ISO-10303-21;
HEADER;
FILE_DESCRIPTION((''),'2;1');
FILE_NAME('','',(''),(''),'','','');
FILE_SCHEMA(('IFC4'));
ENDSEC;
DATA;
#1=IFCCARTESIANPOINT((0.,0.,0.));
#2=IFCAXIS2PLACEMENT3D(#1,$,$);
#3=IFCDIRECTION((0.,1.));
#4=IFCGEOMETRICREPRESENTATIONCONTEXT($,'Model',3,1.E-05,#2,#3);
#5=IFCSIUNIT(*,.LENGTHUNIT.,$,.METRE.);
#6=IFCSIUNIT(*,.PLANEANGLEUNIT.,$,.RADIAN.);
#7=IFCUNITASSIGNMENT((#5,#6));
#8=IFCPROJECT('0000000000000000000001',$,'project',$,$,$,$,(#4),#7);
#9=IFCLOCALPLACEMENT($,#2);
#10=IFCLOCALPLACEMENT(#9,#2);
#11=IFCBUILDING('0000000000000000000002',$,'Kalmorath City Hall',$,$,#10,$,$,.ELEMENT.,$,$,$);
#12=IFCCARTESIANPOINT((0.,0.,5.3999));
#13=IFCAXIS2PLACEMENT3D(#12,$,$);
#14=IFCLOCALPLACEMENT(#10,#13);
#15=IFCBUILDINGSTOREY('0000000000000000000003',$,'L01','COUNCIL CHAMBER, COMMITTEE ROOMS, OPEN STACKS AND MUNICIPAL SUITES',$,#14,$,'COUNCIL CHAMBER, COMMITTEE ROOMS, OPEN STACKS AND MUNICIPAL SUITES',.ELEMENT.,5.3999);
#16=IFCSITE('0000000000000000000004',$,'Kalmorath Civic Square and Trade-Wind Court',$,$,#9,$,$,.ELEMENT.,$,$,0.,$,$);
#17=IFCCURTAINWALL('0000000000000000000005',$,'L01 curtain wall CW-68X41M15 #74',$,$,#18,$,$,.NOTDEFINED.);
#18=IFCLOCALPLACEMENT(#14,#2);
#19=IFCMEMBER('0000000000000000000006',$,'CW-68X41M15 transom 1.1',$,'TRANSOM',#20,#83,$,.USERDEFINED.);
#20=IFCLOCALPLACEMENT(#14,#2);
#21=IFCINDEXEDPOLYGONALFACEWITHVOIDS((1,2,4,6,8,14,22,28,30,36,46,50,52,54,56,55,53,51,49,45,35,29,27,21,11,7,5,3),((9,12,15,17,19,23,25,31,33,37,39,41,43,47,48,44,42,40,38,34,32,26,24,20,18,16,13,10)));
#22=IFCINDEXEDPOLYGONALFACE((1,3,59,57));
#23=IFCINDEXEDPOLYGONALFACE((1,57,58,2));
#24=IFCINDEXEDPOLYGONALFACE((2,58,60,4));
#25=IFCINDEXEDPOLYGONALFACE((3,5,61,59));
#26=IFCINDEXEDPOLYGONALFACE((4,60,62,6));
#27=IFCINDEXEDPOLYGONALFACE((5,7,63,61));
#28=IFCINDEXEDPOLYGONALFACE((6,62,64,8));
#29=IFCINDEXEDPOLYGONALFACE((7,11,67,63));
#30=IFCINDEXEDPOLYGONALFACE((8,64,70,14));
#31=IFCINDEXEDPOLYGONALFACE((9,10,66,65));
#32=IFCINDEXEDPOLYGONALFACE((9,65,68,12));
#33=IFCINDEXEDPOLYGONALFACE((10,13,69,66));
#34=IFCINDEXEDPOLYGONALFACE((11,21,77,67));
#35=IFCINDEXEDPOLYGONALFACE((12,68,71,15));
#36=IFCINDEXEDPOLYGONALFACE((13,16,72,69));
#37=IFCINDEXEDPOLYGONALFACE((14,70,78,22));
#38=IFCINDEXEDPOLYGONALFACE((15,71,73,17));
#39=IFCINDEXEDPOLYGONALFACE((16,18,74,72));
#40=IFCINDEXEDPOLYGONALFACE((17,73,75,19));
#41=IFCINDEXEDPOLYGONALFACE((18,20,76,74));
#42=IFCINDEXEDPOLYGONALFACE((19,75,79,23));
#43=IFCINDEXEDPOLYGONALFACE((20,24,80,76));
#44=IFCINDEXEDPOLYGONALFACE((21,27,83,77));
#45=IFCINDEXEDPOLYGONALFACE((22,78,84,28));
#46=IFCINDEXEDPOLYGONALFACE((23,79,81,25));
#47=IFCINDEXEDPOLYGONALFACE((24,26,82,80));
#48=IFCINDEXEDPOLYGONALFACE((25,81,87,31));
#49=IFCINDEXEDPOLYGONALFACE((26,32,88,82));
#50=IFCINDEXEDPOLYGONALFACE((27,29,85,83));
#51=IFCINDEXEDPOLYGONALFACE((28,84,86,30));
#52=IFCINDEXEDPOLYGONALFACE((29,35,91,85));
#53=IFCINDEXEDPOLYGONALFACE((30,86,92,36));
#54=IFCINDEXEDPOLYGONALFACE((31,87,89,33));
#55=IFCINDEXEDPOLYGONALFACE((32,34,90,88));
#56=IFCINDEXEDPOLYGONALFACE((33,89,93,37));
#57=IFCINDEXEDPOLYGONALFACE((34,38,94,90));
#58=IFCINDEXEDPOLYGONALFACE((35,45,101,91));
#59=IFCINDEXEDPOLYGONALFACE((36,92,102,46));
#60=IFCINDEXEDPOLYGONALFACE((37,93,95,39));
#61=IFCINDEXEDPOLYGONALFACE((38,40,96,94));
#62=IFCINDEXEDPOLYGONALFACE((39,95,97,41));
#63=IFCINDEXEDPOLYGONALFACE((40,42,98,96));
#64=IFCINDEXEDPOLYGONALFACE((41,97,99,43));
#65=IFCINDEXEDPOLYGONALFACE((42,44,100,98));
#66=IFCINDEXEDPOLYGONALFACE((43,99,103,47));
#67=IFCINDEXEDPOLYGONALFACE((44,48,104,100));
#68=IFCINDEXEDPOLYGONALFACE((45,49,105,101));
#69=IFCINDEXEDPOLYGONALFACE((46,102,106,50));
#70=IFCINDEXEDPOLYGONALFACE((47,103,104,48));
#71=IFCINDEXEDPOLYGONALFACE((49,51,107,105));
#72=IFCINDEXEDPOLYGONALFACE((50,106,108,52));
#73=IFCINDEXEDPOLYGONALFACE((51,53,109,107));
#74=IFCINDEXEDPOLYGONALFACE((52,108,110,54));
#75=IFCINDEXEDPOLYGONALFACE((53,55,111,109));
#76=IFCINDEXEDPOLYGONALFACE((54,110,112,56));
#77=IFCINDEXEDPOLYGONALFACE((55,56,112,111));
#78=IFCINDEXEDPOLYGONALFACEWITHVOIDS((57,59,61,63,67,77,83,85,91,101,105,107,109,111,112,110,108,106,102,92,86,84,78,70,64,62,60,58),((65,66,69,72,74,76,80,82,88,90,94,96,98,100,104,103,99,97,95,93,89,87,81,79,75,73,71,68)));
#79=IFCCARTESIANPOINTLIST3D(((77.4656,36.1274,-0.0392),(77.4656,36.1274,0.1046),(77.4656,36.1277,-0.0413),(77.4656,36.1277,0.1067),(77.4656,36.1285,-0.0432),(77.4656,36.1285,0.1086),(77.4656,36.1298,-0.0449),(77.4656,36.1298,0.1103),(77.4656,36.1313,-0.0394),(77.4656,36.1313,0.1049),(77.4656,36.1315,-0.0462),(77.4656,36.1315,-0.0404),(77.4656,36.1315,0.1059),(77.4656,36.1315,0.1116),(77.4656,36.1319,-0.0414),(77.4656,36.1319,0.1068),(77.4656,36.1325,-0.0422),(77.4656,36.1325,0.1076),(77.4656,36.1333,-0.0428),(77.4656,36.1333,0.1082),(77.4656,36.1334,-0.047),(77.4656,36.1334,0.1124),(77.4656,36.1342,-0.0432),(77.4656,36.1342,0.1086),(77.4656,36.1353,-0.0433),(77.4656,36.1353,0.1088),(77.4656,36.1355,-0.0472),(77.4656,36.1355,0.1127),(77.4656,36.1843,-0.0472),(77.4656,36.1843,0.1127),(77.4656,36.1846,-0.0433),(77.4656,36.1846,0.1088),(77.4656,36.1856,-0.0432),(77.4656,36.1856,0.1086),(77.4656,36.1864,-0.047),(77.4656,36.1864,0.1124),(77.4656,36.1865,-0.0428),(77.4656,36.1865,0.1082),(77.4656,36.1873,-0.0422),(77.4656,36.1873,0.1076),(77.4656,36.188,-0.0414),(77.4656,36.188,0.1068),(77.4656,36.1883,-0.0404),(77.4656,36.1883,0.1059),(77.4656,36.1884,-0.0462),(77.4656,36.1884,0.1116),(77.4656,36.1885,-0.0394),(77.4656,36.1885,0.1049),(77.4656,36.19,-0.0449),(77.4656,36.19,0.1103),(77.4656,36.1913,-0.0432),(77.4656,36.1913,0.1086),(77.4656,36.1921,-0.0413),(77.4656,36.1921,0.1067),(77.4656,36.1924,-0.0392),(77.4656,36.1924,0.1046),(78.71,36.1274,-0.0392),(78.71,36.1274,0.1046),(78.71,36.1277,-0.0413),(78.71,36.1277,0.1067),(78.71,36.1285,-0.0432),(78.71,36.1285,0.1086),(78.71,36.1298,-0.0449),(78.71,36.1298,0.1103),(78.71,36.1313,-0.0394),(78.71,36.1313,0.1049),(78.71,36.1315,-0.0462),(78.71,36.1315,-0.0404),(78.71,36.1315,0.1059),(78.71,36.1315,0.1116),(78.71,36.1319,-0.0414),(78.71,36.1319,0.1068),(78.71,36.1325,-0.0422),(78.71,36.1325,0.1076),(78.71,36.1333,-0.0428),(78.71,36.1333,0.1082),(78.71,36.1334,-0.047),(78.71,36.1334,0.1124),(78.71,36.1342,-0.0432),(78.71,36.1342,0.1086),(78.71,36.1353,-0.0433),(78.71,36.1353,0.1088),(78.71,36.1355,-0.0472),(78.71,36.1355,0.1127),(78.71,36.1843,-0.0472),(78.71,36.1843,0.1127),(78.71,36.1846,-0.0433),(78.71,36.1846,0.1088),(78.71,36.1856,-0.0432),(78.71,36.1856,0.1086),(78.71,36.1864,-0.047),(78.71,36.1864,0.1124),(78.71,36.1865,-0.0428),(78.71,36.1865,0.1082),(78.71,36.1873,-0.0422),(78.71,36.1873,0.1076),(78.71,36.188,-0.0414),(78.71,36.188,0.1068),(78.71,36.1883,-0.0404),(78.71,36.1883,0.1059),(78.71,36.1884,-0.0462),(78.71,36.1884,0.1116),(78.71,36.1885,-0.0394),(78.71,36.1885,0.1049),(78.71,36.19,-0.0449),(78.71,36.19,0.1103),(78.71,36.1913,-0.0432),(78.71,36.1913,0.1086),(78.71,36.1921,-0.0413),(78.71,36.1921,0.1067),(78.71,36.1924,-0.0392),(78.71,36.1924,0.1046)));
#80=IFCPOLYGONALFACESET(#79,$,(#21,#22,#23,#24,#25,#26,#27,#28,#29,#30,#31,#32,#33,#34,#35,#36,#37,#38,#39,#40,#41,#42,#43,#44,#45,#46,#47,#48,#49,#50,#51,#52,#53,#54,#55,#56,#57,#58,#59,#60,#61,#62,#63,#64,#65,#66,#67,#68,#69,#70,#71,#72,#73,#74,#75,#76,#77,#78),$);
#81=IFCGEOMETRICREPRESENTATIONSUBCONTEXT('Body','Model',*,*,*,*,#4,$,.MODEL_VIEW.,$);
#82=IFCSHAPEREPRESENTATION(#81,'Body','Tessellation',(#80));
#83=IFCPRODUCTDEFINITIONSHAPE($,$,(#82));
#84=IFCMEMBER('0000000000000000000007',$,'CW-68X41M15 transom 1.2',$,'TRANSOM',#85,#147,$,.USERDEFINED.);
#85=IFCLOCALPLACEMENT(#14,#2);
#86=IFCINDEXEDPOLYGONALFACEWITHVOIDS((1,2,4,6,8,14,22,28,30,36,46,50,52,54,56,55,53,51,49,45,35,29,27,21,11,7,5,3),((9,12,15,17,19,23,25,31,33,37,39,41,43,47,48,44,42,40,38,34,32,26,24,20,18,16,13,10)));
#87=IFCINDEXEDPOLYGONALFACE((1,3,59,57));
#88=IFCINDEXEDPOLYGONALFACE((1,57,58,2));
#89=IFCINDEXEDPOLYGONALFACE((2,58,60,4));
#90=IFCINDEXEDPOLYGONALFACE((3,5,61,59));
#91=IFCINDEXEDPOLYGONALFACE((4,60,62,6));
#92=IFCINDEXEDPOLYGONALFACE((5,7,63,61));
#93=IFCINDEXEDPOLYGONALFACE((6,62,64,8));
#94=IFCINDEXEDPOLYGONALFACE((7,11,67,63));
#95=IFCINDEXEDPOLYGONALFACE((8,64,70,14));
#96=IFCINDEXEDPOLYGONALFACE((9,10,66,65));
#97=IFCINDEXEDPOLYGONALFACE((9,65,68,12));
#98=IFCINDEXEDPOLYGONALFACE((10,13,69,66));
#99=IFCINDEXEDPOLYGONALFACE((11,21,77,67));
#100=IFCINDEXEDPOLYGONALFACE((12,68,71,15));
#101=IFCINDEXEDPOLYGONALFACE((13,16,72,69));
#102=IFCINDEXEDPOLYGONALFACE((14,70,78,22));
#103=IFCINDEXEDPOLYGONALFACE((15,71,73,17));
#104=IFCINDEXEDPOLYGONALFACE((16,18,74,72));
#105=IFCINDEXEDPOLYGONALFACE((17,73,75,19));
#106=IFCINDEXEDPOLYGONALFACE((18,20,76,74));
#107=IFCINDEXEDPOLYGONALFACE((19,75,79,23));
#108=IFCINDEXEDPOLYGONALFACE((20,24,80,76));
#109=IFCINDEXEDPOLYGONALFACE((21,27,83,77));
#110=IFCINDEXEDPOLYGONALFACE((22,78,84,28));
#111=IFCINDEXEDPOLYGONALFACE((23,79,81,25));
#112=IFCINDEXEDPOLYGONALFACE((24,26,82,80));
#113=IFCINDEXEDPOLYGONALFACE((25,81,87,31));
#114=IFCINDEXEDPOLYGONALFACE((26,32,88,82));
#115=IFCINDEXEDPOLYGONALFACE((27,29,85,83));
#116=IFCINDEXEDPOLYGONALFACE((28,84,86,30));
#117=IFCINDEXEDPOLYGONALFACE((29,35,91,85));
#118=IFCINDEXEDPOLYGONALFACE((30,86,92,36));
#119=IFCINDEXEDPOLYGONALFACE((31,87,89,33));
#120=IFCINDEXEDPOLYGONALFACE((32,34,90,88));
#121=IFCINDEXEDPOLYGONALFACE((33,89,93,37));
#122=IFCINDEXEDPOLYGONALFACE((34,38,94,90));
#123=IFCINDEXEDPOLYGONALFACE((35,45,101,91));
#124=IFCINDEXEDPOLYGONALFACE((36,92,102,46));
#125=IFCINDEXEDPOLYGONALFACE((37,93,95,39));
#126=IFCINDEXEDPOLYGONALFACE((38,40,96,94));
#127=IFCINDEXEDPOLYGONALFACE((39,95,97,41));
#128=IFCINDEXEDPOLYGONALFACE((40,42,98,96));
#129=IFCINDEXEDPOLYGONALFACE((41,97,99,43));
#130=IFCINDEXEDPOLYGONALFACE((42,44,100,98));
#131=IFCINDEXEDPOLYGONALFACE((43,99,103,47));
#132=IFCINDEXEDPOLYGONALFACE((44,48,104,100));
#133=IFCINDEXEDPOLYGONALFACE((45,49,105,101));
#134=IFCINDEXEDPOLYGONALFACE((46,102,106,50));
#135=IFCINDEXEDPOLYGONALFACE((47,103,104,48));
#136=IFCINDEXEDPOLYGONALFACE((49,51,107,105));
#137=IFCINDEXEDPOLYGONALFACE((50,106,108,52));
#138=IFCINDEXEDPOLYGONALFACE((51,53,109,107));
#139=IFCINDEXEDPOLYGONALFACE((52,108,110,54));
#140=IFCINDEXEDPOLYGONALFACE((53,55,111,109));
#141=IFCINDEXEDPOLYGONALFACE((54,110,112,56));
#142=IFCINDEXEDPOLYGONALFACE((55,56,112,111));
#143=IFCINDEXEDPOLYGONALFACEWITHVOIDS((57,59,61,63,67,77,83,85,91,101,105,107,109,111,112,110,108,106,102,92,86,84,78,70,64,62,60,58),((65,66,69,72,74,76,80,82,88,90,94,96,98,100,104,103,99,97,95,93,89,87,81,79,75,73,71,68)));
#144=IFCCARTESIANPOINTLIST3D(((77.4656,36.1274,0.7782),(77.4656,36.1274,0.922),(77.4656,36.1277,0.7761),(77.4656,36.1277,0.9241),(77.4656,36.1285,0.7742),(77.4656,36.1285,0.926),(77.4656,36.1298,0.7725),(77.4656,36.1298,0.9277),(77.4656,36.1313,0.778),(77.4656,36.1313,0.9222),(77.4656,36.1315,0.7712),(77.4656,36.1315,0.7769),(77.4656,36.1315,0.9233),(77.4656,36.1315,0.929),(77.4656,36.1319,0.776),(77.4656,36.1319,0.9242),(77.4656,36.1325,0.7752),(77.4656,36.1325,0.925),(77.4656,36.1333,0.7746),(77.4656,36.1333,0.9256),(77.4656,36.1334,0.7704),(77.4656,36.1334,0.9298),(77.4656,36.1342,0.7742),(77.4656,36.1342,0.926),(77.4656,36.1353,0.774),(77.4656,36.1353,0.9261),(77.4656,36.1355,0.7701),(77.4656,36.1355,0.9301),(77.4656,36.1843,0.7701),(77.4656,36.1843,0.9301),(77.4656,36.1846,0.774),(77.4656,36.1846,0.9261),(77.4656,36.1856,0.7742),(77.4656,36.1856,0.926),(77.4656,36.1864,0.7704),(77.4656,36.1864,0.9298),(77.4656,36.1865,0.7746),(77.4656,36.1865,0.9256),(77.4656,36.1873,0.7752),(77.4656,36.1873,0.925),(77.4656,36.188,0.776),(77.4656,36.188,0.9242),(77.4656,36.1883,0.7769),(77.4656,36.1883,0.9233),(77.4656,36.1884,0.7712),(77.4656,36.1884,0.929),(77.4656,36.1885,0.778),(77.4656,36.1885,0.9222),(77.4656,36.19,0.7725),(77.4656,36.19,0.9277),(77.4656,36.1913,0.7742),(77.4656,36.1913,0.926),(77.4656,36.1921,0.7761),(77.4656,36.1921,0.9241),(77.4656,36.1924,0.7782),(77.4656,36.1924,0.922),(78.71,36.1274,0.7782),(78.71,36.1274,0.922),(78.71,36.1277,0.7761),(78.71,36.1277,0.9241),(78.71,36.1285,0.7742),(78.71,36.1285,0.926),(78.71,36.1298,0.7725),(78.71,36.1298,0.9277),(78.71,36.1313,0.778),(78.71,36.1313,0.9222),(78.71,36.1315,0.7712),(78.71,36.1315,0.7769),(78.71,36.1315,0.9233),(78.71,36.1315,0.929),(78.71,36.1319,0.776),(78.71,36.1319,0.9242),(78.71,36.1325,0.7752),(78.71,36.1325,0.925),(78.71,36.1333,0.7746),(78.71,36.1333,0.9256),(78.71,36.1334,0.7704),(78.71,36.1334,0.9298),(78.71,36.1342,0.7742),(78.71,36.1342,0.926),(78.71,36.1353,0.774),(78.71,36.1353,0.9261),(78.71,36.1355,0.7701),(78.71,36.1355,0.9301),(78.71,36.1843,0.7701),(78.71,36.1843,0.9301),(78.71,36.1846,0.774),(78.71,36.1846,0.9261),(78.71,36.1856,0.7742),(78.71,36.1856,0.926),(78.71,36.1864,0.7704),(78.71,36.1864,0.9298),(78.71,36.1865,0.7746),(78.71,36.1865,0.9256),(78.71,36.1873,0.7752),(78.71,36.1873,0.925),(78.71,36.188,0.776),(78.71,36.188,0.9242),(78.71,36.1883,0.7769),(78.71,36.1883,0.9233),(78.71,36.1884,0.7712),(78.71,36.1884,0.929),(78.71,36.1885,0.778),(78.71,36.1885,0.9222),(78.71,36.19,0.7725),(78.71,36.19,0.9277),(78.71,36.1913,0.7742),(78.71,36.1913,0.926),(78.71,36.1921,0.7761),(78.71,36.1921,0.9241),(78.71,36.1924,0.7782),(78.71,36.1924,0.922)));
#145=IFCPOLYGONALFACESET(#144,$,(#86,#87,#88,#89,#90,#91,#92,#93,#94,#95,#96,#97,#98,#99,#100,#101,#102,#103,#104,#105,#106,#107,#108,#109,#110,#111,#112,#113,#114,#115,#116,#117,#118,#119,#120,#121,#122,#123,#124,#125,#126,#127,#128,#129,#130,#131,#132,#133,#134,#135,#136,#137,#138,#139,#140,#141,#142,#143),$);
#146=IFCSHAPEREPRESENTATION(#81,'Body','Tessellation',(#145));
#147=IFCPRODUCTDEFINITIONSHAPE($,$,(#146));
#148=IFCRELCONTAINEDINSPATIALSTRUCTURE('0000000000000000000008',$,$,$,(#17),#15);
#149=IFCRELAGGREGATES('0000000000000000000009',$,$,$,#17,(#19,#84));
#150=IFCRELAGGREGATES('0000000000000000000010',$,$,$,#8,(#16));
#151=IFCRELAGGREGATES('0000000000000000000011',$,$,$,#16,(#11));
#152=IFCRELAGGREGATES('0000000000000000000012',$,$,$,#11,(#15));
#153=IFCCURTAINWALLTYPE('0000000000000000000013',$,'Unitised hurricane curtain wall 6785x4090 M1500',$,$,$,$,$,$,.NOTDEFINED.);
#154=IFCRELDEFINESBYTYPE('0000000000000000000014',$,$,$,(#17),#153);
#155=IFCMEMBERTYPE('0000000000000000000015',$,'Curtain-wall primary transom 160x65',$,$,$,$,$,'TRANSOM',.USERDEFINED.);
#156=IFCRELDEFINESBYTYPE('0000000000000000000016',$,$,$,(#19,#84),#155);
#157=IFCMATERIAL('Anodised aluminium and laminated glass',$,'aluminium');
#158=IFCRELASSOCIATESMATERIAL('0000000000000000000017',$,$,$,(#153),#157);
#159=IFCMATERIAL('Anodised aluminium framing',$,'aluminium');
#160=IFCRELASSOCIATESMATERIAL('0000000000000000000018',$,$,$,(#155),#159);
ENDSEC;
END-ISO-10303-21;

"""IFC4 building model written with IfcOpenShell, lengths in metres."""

from ifc_helpers import new_model, si_unit, direction, frame, origin, origin_2d, place, context, subcontext, project, spatial, hollow_rectangle, extrude, material, material_profile, profile_set, type_object, element, aggregate, save


model = new_model("IFC4")

# Units and contexts
model_context = context("Model", 3, precision=1e-05, world=origin(), true_north=direction((0.0, 1.0)))
body_context = subcontext(model_context, "Body", "Model", "MODEL_VIEW")
ifc_project = project(units=[si_unit("LENGTHUNIT", "METRE"), si_unit("PLANEANGLEUNIT", "RADIAN")], contexts=[model_context])

# Site, building, storey
site_placement = place(None, origin())
site = spatial("IfcSite", under=ifc_project, at=site_placement, Name="Kalmorath Civic Square and Trade-Wind Court", CompositionType="ELEMENT", RefElevation=0.0)
building_placement = place(site_placement, origin())
building = spatial("IfcBuilding", under=site, at=building_placement, Name="Kalmorath City Hall", CompositionType="ELEMENT")
storey_placement = place(building_placement, frame((0.0, 0.0, 5.3999)))
storey = spatial("IfcBuildingStorey", under=building, at=storey_placement, Name="L01", Description="COUNCIL CHAMBER, COMMITTEE ROOMS, OPEN STACKS AND MUNICIPAL SUITES", LongName="COUNCIL CHAMBER, COMMITTEE ROOMS, OPEN STACKS AND MUNICIPAL SUITES", CompositionType="ELEMENT", Elevation=5.3999)

# Curtain wall, members
ifc_material_1 = material(Name="Anodised aluminium and laminated glass", Category="aluminium")
curtain_wall_type = type_object("IfcCurtainWallType", Name="Unitised hurricane curtain wall 6785x4090 M1500", PredefinedType="NOTDEFINED", material=ifc_material_1)
curtain_wall_placement = place(storey_placement, origin())
curtain_wall = element("IfcCurtainWall", 1, at=curtain_wall_placement, inside=storey, type_object=curtain_wall_type, Name="L01 curtain wall CW-68X41M15 #74", PredefinedType="NOTDEFINED")
ifc_material_2 = material(Name="Anodised aluminium framing", Category="aluminium")
ifc_material_profile_1 = material_profile(ifc_material_2, hollow_rectangle(XDim=0.0649, YDim=0.1599, WallThickness=0.0039, InnerFilletRadius=0.0039, OuterFilletRadius=0.0081, at=origin_2d()), Name="ALU-TRN-160X65X4")
ifc_profile_set_1 = profile_set([ifc_material_profile_1], Name="Anodised aluminium framing")
member_type_1 = type_object("IfcMemberType", Name="Curtain-wall primary transom 160x65", ElementType="TRANSOM", PredefinedType="USERDEFINED", material=ifc_profile_set_1)
member_1_placement = place(storey_placement, frame((78.71, 36.1599, 0.0327), z_axis=(-1.0, 0.0, 0.0), x_axis=(0.0, -1.0, 0.0)))
member_1 = element("IfcMember", 2, at=member_1_placement, type_object=member_type_1, Name="CW-68X41M15 transom 1.1", ObjectType="TRANSOM", PredefinedType="USERDEFINED", context=body_context, shape_type="SweptSolid", body=[
    extrude(hollow_rectangle(XDim=0.0649, YDim=0.1599, WallThickness=0.0039, InnerFilletRadius=0.0039, OuterFilletRadius=0.0081, at=origin_2d()), origin(), (0.0, 0.0, 1.0), 1.2444),
])
member_2_placement = place(storey_placement, frame((78.71, 36.1599, 0.8501), z_axis=(-1.0, 0.0, 0.0), x_axis=(0.0, -1.0, 0.0)))
member_2 = element("IfcMember", 3, at=member_2_placement, type_object=member_type_1, Name="CW-68X41M15 transom 1.2", ObjectType="TRANSOM", PredefinedType="USERDEFINED", context=body_context, shape_type="SweptSolid", body=[
    extrude(hollow_rectangle(XDim=0.0649, YDim=0.1599, WallThickness=0.0039, InnerFilletRadius=0.0039, OuterFilletRadius=0.0081, at=origin_2d()), origin(), (0.0, 0.0, 1.0), 1.2444),
])
aggregate(curtain_wall, [member_1, member_2])

save(model, "model.ifc")
